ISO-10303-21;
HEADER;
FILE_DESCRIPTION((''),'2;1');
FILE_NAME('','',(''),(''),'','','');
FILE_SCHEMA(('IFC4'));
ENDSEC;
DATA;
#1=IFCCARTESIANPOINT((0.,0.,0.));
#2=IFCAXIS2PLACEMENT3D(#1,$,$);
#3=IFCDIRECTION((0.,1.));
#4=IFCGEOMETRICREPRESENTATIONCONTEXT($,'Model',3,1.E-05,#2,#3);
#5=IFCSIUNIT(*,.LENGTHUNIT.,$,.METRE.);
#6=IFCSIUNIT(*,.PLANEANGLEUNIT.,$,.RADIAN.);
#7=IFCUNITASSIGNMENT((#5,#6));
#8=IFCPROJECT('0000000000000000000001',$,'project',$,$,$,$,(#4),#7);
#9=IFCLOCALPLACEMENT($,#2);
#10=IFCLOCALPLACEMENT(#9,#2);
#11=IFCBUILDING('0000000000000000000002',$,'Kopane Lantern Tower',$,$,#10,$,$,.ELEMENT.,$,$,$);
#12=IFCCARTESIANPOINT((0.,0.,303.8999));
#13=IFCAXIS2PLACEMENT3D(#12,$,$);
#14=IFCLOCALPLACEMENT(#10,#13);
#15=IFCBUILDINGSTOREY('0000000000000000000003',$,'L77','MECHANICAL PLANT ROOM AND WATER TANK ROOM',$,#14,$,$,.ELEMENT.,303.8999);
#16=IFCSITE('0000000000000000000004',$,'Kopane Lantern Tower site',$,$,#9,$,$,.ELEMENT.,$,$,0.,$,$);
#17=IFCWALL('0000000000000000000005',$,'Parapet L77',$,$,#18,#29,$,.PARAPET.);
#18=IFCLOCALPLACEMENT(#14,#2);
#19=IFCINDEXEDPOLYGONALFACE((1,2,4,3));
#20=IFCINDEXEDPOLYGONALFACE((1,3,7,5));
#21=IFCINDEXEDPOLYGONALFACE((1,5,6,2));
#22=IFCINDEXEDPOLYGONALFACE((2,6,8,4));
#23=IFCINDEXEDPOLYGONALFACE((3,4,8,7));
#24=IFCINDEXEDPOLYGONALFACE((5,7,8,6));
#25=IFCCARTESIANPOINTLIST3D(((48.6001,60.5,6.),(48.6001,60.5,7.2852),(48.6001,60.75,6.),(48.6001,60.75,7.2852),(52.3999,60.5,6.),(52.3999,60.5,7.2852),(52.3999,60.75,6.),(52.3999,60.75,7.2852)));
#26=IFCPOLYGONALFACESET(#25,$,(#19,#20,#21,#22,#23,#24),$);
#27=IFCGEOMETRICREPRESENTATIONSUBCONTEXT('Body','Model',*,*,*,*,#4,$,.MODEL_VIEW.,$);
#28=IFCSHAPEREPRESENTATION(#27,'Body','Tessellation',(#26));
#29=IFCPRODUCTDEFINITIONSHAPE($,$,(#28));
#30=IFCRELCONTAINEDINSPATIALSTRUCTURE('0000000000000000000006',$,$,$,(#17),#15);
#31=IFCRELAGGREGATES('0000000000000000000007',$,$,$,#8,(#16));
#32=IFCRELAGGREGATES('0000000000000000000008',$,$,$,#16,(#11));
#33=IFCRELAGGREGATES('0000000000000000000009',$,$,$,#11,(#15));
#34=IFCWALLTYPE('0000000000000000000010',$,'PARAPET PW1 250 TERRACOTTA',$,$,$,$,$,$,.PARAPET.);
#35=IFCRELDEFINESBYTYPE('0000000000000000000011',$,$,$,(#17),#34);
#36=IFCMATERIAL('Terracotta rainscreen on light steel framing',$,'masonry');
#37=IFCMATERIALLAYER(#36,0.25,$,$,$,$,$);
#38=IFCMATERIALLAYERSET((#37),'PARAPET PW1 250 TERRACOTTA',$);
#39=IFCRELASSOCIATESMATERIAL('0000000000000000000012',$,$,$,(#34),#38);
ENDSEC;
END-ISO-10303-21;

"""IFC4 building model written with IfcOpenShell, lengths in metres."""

from ifc_helpers import new_model, si_unit, direction, frame, frame_2d, origin, place, context, subcontext, project, spatial, rectangle, extrude, material, layer, layer_set, type_object, element, save


model = new_model("IFC4")

# Units and contexts
model_context = context("Model", 3, precision=1e-05, world=origin(), true_north=direction((0.0, 1.0)))
body_context = subcontext(model_context, "Body", "Model", "MODEL_VIEW")
ifc_project = project(units=[si_unit("LENGTHUNIT", "METRE"), si_unit("PLANEANGLEUNIT", "RADIAN")], contexts=[model_context])

# Site, building, storey
site_placement = place(None, origin())
site = spatial("IfcSite", under=ifc_project, at=site_placement, Name="Kopane Lantern Tower site", CompositionType="ELEMENT", RefElevation=0.0)
building_placement = place(site_placement, origin())
building = spatial("IfcBuilding", under=site, at=building_placement, Name="Kopane Lantern Tower", CompositionType="ELEMENT")
storey_placement = place(building_placement, frame((0.0, 0.0, 303.8999)))
storey = spatial("IfcBuildingStorey", under=building, at=storey_placement, Name="L77", Description="MECHANICAL PLANT ROOM AND WATER TANK ROOM", CompositionType="ELEMENT", Elevation=303.8999)

# Wall
ifc_material_1 = material(Name="Terracotta rainscreen on light steel framing", Category="masonry")
ifc_layer_1 = layer(ifc_material_1, 0.25)
ifc_layer_set_1 = layer_set([ifc_layer_1], Name="PARAPET PW1 250 TERRACOTTA")
wall_type = type_object("IfcWallType", Name="PARAPET PW1 250 TERRACOTTA", PredefinedType="PARAPET", material=ifc_layer_set_1)
wall_1_placement = place(storey_placement, frame((52.3999, 60.625, 6.0), z_axis=(0.0, 0.0, 1.0), x_axis=(-1.0, 0.0, 0.0)))
element("IfcWall", 1, at=wall_1_placement, inside=storey, type_object=wall_type, Name="Parapet L77", PredefinedType="PARAPET", context=body_context, shape_type="SweptSolid", body=[
    extrude(rectangle(XDim=3.7998, YDim=0.25, at=frame_2d((1.8999, 0.0))), origin(), (0.0, 0.0, 1.0), 1.2852),
])

save(model, "model.ifc")
